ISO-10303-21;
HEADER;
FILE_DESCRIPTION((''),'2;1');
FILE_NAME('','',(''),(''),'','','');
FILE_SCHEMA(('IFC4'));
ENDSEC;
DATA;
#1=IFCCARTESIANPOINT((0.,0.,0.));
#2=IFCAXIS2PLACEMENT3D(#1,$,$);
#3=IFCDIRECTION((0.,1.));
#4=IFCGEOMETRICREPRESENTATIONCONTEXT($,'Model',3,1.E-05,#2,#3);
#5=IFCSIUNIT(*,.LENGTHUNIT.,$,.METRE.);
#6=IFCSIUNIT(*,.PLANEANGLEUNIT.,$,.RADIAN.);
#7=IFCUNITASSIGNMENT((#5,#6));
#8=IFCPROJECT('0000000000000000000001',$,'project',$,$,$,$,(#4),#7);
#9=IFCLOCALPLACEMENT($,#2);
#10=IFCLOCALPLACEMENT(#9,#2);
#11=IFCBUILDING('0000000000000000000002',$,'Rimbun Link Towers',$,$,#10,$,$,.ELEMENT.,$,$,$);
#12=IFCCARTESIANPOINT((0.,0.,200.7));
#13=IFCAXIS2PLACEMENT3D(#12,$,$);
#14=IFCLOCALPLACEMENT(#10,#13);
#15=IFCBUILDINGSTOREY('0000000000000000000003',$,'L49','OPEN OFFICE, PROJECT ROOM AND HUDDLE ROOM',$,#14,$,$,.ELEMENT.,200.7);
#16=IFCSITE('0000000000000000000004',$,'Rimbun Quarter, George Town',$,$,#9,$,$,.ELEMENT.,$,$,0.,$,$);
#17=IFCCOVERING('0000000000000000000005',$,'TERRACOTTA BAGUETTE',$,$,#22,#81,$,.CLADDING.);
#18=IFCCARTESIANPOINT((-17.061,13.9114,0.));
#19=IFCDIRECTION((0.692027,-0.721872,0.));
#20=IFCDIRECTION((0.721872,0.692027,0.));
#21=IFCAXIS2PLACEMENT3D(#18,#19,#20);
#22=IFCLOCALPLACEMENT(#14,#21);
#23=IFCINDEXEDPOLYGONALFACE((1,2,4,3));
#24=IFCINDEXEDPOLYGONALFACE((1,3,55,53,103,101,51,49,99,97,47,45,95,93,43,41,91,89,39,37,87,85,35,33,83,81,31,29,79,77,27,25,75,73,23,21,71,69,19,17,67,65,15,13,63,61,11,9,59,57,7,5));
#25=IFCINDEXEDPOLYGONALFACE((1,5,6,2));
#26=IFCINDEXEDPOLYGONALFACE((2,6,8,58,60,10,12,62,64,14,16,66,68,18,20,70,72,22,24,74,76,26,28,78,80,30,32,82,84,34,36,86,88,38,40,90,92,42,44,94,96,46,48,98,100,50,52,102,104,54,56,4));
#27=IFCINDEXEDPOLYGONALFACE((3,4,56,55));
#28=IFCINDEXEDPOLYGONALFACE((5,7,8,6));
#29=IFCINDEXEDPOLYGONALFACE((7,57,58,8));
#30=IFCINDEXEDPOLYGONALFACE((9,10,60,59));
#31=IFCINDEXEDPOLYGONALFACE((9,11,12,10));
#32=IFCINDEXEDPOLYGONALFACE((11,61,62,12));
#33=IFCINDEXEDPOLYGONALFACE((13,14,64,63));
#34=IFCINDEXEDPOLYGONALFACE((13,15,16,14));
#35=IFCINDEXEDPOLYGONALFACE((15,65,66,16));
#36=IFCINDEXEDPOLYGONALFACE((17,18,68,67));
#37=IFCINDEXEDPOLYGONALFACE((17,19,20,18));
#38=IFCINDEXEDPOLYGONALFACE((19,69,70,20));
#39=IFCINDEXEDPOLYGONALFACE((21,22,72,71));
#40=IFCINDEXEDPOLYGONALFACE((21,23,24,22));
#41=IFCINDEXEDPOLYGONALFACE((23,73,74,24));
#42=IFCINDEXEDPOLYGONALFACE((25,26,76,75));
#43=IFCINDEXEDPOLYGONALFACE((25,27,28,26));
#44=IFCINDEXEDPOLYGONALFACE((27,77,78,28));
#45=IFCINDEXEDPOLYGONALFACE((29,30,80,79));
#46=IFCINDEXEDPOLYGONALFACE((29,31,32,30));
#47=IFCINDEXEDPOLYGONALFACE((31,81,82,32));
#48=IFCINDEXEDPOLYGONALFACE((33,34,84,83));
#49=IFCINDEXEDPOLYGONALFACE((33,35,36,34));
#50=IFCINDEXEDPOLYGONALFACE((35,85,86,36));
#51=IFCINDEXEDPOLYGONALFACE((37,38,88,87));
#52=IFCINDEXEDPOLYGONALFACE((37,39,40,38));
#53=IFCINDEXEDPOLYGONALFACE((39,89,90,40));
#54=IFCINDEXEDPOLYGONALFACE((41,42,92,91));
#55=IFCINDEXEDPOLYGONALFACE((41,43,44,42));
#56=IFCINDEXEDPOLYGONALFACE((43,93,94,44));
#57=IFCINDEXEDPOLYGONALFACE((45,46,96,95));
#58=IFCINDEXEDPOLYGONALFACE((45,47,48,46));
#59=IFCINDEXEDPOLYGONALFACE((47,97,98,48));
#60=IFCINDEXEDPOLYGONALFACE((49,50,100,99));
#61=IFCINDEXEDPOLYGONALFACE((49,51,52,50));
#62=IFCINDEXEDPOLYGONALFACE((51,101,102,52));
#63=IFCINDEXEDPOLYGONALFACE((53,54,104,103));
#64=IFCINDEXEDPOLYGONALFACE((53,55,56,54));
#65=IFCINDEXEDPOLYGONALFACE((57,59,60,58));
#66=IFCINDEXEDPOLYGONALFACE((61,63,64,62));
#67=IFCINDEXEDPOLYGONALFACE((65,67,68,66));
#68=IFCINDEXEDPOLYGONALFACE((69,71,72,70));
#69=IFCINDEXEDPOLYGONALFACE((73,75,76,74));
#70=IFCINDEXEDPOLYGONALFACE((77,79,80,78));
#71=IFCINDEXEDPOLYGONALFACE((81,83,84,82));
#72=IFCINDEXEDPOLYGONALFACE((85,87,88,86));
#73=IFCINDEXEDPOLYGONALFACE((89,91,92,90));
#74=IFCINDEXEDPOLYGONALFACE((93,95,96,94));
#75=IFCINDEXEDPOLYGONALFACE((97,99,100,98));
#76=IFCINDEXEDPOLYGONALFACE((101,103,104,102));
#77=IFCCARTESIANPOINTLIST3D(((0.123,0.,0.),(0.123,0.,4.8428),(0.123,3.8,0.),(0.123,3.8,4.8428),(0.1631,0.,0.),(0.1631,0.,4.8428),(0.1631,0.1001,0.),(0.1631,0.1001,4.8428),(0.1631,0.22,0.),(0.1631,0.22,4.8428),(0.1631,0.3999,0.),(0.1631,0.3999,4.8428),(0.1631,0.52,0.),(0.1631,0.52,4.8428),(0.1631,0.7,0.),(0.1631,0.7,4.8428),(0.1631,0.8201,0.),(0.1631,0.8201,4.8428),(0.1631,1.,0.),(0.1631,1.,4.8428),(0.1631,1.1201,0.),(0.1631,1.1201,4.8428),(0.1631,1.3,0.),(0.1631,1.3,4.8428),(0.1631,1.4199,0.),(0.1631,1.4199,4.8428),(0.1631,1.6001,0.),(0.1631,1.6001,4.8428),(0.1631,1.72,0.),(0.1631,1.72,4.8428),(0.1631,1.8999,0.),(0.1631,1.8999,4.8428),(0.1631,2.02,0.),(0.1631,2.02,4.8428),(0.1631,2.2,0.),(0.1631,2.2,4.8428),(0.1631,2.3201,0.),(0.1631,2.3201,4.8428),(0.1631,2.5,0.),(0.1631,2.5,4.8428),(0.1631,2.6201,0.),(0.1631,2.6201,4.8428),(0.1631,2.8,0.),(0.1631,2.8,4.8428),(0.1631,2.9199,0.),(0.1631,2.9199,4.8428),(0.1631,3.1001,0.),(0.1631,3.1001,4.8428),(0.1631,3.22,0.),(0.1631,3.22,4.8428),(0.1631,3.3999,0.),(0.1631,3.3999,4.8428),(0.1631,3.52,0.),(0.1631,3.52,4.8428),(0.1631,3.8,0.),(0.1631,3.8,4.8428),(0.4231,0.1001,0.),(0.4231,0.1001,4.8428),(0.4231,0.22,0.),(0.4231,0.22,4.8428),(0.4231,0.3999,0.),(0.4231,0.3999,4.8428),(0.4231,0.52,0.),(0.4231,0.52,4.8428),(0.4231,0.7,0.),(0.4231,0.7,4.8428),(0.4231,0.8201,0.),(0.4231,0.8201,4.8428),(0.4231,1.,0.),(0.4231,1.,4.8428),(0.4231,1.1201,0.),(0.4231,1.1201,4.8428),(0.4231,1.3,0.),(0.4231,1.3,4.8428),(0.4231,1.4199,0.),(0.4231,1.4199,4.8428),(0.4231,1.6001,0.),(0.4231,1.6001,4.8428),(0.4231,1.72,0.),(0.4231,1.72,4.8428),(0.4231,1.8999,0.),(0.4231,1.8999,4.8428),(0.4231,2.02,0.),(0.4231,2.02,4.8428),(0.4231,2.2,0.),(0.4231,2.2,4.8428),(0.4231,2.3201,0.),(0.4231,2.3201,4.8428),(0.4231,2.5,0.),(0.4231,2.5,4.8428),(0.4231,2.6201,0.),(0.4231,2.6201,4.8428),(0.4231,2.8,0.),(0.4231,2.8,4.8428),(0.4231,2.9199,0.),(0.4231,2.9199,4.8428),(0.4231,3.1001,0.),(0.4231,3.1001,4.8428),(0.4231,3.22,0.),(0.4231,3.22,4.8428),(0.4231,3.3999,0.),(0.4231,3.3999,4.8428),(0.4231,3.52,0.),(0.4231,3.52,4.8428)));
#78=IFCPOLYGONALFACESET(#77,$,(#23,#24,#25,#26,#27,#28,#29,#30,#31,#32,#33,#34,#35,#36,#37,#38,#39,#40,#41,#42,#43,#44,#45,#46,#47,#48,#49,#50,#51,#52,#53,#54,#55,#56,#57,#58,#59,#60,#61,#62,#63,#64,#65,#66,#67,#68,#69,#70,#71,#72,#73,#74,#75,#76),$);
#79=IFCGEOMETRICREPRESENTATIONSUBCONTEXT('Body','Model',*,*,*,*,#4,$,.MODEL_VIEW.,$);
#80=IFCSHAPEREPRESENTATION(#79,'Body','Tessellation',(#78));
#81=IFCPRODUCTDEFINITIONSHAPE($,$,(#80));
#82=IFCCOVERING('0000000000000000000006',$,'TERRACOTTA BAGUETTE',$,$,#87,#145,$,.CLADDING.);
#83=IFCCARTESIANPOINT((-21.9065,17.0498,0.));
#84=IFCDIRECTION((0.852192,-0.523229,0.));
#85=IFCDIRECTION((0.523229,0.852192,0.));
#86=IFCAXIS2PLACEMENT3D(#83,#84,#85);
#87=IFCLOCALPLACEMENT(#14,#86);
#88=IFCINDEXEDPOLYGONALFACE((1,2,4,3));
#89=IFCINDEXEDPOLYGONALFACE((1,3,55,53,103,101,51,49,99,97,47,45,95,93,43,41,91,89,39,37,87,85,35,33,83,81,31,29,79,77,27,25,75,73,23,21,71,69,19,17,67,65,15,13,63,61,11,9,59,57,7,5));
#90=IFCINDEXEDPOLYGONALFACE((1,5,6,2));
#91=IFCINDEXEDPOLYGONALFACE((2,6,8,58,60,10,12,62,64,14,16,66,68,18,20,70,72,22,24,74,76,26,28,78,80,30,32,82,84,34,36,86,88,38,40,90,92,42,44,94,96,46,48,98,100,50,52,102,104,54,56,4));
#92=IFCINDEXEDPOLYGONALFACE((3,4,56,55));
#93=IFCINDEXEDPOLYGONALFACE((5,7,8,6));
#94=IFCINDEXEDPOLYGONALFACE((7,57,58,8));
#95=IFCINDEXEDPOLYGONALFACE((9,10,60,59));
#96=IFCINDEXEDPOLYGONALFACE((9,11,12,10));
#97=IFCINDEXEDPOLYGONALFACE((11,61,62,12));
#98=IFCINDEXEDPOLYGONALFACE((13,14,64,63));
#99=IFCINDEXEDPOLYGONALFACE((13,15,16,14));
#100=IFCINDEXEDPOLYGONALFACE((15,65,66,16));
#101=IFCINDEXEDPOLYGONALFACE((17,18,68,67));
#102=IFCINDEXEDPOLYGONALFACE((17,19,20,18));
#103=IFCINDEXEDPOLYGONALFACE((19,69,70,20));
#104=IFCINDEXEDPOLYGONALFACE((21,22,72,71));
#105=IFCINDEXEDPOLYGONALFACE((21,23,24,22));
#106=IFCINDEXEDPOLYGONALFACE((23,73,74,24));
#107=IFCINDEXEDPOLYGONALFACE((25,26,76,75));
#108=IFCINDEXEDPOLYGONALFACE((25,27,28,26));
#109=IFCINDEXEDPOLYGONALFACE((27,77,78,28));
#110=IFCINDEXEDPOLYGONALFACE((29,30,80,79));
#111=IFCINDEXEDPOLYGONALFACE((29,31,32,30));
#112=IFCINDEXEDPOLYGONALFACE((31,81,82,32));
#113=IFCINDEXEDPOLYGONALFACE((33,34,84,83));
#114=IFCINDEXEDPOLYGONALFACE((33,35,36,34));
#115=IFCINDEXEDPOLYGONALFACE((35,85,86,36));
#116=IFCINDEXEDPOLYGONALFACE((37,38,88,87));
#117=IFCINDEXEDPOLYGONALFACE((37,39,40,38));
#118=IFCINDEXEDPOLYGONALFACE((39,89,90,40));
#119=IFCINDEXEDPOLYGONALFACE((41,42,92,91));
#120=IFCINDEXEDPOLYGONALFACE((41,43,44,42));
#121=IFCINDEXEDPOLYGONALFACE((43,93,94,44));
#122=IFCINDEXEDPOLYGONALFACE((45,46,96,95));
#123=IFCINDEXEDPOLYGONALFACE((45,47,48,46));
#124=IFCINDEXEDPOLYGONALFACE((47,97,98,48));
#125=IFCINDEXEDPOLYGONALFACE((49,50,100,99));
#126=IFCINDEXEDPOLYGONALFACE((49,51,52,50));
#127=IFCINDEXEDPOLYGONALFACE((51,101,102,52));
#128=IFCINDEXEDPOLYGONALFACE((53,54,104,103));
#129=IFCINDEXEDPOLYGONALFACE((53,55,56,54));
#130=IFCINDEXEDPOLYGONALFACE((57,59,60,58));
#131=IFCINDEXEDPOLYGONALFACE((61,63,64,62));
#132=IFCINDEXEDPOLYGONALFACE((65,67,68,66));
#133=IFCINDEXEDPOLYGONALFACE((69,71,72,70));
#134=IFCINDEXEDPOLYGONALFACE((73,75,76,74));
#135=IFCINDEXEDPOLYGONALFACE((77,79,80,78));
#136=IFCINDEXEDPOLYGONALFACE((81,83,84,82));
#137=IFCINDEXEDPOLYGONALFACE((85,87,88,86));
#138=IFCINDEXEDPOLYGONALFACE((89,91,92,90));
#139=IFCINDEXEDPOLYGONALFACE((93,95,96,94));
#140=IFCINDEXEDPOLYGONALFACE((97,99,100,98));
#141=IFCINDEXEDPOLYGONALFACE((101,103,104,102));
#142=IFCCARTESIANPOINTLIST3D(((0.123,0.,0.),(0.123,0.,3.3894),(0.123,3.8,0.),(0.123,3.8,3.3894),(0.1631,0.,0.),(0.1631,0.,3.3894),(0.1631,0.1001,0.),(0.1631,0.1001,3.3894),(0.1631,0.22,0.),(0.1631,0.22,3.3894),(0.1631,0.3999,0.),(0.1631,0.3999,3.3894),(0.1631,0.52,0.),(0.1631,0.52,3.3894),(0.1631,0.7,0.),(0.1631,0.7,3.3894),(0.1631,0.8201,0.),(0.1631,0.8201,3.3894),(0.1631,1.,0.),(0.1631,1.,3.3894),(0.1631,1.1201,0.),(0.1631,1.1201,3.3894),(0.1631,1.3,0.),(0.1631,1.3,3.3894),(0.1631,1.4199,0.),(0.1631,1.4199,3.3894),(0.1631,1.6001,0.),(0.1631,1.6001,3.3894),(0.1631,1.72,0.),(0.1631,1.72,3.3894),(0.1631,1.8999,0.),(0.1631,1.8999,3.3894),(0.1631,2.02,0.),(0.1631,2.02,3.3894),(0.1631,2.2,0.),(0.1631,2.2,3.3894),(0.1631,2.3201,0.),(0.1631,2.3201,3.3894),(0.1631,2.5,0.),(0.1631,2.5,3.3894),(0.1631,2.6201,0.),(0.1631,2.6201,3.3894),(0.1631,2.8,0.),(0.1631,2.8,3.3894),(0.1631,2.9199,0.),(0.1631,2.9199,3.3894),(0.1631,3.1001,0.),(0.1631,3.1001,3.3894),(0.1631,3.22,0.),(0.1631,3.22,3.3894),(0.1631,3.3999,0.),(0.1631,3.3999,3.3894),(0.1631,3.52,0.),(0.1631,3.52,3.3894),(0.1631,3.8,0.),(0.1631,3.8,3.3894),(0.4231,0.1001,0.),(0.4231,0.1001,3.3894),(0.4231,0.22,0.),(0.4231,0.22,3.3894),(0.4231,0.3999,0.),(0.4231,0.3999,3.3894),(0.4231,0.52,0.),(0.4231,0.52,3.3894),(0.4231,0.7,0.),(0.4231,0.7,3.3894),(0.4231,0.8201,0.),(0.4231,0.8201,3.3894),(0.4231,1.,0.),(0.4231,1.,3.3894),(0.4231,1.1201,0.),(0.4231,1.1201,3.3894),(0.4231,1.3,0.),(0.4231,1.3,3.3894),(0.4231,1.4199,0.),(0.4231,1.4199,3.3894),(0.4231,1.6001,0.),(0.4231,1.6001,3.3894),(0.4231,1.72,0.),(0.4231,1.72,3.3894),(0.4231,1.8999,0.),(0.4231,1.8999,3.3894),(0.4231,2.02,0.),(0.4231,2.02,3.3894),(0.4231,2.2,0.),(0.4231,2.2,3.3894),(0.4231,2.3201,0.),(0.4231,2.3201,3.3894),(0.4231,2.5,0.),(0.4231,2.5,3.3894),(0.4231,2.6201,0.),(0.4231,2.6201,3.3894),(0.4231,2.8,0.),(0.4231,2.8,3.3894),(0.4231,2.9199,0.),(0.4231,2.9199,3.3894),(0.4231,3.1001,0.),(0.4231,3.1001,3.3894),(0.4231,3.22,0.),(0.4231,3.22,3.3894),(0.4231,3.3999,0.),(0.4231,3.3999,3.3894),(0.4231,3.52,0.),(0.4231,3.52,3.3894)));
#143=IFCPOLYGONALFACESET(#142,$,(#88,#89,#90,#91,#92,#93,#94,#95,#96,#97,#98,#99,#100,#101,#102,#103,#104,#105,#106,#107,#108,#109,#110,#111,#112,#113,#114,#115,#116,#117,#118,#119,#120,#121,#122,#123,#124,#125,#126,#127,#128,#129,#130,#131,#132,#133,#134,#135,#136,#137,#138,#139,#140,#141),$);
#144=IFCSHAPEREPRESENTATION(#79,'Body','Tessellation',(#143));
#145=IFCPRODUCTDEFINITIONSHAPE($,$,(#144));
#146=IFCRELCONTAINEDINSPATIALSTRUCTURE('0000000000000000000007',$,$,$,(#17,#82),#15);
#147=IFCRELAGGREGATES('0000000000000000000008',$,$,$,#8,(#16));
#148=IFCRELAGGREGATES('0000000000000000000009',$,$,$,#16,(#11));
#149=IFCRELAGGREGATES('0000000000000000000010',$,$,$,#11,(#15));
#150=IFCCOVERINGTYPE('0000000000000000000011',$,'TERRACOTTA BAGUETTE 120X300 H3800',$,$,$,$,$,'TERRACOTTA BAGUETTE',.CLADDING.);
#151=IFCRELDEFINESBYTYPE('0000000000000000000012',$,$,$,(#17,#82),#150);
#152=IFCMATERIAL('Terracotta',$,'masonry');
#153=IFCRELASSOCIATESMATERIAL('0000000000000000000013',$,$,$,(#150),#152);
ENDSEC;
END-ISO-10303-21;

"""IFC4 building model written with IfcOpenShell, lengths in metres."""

from ifc_helpers import new_model, si_unit, direction, frame, origin, place, context, subcontext, project, spatial, polyline, outline, extrude, material, material_profile, profile_set, type_object, element, save


model = new_model("IFC4")

# Units and contexts
model_context = context("Model", 3, precision=1e-05, world=origin(), true_north=direction((0.0, 1.0)))
body_context = subcontext(model_context, "Body", "Model", "MODEL_VIEW")
ifc_project = project(units=[si_unit("LENGTHUNIT", "METRE"), si_unit("PLANEANGLEUNIT", "RADIAN")], contexts=[model_context])

# Site, building, storey
site_placement = place(None, origin())
site = spatial("IfcSite", under=ifc_project, at=site_placement, Name="Rimbun Quarter, George Town", CompositionType="ELEMENT", RefElevation=0.0)
building_placement = place(site_placement, origin())
building = spatial("IfcBuilding", under=site, at=building_placement, Name="Rimbun Link Towers", CompositionType="ELEMENT")
storey_placement = place(building_placement, frame((0.0, 0.0, 200.7)))
storey = spatial("IfcBuildingStorey", under=building, at=storey_placement, Name="L49", Description="OPEN OFFICE, PROJECT ROOM AND HUDDLE ROOM", CompositionType="ELEMENT", Elevation=200.7)

# Coverings
ifc_material_1 = material(Name="Terracotta", Category="masonry")
ifc_material_profile_1 = material_profile(ifc_material_1, outline(polyline([(0.123, 0.0), (0.1631, 0.0), (0.1631, 0.1001), (0.4231, 0.1001), (0.4231, 0.22), (0.1631, 0.22), (0.1631, 0.3999), (0.4231, 0.3999), (0.4231, 0.52), (0.1631, 0.52), (0.1631, 0.7), (0.4231, 0.7), (0.4231, 0.8201), (0.1631, 0.8201), (0.1631, 1.0), (0.4231, 1.0), (0.4231, 1.1201), (0.1631, 1.1201), (0.1631, 1.3), (0.4231, 1.3), (0.4231, 1.4199), (0.1631, 1.4199), (0.1631, 1.6001), (0.4231, 1.6001), (0.4231, 1.72), (0.1631, 1.72), (0.1631, 1.8999), (0.4231, 1.8999), (0.4231, 2.02), (0.1631, 2.02), (0.1631, 2.2), (0.4231, 2.2), (0.4231, 2.3201), (0.1631, 2.3201), (0.1631, 2.5), (0.4231, 2.5), (0.4231, 2.6201), (0.1631, 2.6201), (0.1631, 2.8), (0.4231, 2.8), (0.4231, 2.9199), (0.1631, 2.9199), (0.1631, 3.1001), (0.4231, 3.1001), (0.4231, 3.22), (0.1631, 3.22), (0.1631, 3.3999), (0.4231, 3.3999), (0.4231, 3.52), (0.1631, 3.52), (0.1631, 3.8), (0.123, 3.8), (0.123, 0.0)])), Name="BAGUETTE 120X300")
ifc_profile_set_1 = profile_set([ifc_material_profile_1], Name="Terracotta")
covering_type = type_object("IfcCoveringType", Name="TERRACOTTA BAGUETTE 120X300 H3800", ElementType="TERRACOTTA BAGUETTE", PredefinedType="CLADDING", material=ifc_profile_set_1)
covering_1_placement = place(storey_placement, frame((-17.061, 13.9114, 0.0), z_axis=(0.692027, -0.721872, 0.0), x_axis=(0.721872, 0.692027, 0.0)))
element("IfcCovering", 1, at=covering_1_placement, inside=storey, type_object=covering_type, Name="TERRACOTTA BAGUETTE", PredefinedType="CLADDING", context=body_context, shape_type="SweptSolid", body=[
    extrude(outline(polyline([(0.123, 0.0), (0.1631, 0.0), (0.1631, 0.1001), (0.4231, 0.1001), (0.4231, 0.22), (0.1631, 0.22), (0.1631, 0.3999), (0.4231, 0.3999), (0.4231, 0.52), (0.1631, 0.52), (0.1631, 0.7), (0.4231, 0.7), (0.4231, 0.8201), (0.1631, 0.8201), (0.1631, 1.0), (0.4231, 1.0), (0.4231, 1.1201), (0.1631, 1.1201), (0.1631, 1.3), (0.4231, 1.3), (0.4231, 1.4199), (0.1631, 1.4199), (0.1631, 1.6001), (0.4231, 1.6001), (0.4231, 1.72), (0.1631, 1.72), (0.1631, 1.8999), (0.4231, 1.8999), (0.4231, 2.02), (0.1631, 2.02), (0.1631, 2.2), (0.4231, 2.2), (0.4231, 2.3201), (0.1631, 2.3201), (0.1631, 2.5), (0.4231, 2.5), (0.4231, 2.6201), (0.1631, 2.6201), (0.1631, 2.8), (0.4231, 2.8), (0.4231, 2.9199), (0.1631, 2.9199), (0.1631, 3.1001), (0.4231, 3.1001), (0.4231, 3.22), (0.1631, 3.22), (0.1631, 3.3999), (0.4231, 3.3999), (0.4231, 3.52), (0.1631, 3.52), (0.1631, 3.8), (0.123, 3.8), (0.123, 0.0)])), origin(), (0.0, 0.0, 1.0), 4.8428),
])
covering_2_placement = place(storey_placement, frame((-21.9065, 17.0498, 0.0), z_axis=(0.852192, -0.523229, 0.0), x_axis=(0.523229, 0.852192, 0.0)))
element("IfcCovering", 2, at=covering_2_placement, inside=storey, type_object=covering_type, Name="TERRACOTTA BAGUETTE", PredefinedType="CLADDING", context=body_context, shape_type="SweptSolid", body=[
    extrude(outline(polyline([(0.123, 0.0), (0.1631, 0.0), (0.1631, 0.1001), (0.4231, 0.1001), (0.4231, 0.22), (0.1631, 0.22), (0.1631, 0.3999), (0.4231, 0.3999), (0.4231, 0.52), (0.1631, 0.52), (0.1631, 0.7), (0.4231, 0.7), (0.4231, 0.8201), (0.1631, 0.8201), (0.1631, 1.0), (0.4231, 1.0), (0.4231, 1.1201), (0.1631, 1.1201), (0.1631, 1.3), (0.4231, 1.3), (0.4231, 1.4199), (0.1631, 1.4199), (0.1631, 1.6001), (0.4231, 1.6001), (0.4231, 1.72), (0.1631, 1.72), (0.1631, 1.8999), (0.4231, 1.8999), (0.4231, 2.02), (0.1631, 2.02), (0.1631, 2.2), (0.4231, 2.2), (0.4231, 2.3201), (0.1631, 2.3201), (0.1631, 2.5), (0.4231, 2.5), (0.4231, 2.6201), (0.1631, 2.6201), (0.1631, 2.8), (0.4231, 2.8), (0.4231, 2.9199), (0.1631, 2.9199), (0.1631, 3.1001), (0.4231, 3.1001), (0.4231, 3.22), (0.1631, 3.22), (0.1631, 3.3999), (0.4231, 3.3999), (0.4231, 3.52), (0.1631, 3.52), (0.1631, 3.8), (0.123, 3.8), (0.123, 0.0)])), origin(), (0.0, 0.0, 1.0), 3.3894),
])

save(model, "model.ifc")
